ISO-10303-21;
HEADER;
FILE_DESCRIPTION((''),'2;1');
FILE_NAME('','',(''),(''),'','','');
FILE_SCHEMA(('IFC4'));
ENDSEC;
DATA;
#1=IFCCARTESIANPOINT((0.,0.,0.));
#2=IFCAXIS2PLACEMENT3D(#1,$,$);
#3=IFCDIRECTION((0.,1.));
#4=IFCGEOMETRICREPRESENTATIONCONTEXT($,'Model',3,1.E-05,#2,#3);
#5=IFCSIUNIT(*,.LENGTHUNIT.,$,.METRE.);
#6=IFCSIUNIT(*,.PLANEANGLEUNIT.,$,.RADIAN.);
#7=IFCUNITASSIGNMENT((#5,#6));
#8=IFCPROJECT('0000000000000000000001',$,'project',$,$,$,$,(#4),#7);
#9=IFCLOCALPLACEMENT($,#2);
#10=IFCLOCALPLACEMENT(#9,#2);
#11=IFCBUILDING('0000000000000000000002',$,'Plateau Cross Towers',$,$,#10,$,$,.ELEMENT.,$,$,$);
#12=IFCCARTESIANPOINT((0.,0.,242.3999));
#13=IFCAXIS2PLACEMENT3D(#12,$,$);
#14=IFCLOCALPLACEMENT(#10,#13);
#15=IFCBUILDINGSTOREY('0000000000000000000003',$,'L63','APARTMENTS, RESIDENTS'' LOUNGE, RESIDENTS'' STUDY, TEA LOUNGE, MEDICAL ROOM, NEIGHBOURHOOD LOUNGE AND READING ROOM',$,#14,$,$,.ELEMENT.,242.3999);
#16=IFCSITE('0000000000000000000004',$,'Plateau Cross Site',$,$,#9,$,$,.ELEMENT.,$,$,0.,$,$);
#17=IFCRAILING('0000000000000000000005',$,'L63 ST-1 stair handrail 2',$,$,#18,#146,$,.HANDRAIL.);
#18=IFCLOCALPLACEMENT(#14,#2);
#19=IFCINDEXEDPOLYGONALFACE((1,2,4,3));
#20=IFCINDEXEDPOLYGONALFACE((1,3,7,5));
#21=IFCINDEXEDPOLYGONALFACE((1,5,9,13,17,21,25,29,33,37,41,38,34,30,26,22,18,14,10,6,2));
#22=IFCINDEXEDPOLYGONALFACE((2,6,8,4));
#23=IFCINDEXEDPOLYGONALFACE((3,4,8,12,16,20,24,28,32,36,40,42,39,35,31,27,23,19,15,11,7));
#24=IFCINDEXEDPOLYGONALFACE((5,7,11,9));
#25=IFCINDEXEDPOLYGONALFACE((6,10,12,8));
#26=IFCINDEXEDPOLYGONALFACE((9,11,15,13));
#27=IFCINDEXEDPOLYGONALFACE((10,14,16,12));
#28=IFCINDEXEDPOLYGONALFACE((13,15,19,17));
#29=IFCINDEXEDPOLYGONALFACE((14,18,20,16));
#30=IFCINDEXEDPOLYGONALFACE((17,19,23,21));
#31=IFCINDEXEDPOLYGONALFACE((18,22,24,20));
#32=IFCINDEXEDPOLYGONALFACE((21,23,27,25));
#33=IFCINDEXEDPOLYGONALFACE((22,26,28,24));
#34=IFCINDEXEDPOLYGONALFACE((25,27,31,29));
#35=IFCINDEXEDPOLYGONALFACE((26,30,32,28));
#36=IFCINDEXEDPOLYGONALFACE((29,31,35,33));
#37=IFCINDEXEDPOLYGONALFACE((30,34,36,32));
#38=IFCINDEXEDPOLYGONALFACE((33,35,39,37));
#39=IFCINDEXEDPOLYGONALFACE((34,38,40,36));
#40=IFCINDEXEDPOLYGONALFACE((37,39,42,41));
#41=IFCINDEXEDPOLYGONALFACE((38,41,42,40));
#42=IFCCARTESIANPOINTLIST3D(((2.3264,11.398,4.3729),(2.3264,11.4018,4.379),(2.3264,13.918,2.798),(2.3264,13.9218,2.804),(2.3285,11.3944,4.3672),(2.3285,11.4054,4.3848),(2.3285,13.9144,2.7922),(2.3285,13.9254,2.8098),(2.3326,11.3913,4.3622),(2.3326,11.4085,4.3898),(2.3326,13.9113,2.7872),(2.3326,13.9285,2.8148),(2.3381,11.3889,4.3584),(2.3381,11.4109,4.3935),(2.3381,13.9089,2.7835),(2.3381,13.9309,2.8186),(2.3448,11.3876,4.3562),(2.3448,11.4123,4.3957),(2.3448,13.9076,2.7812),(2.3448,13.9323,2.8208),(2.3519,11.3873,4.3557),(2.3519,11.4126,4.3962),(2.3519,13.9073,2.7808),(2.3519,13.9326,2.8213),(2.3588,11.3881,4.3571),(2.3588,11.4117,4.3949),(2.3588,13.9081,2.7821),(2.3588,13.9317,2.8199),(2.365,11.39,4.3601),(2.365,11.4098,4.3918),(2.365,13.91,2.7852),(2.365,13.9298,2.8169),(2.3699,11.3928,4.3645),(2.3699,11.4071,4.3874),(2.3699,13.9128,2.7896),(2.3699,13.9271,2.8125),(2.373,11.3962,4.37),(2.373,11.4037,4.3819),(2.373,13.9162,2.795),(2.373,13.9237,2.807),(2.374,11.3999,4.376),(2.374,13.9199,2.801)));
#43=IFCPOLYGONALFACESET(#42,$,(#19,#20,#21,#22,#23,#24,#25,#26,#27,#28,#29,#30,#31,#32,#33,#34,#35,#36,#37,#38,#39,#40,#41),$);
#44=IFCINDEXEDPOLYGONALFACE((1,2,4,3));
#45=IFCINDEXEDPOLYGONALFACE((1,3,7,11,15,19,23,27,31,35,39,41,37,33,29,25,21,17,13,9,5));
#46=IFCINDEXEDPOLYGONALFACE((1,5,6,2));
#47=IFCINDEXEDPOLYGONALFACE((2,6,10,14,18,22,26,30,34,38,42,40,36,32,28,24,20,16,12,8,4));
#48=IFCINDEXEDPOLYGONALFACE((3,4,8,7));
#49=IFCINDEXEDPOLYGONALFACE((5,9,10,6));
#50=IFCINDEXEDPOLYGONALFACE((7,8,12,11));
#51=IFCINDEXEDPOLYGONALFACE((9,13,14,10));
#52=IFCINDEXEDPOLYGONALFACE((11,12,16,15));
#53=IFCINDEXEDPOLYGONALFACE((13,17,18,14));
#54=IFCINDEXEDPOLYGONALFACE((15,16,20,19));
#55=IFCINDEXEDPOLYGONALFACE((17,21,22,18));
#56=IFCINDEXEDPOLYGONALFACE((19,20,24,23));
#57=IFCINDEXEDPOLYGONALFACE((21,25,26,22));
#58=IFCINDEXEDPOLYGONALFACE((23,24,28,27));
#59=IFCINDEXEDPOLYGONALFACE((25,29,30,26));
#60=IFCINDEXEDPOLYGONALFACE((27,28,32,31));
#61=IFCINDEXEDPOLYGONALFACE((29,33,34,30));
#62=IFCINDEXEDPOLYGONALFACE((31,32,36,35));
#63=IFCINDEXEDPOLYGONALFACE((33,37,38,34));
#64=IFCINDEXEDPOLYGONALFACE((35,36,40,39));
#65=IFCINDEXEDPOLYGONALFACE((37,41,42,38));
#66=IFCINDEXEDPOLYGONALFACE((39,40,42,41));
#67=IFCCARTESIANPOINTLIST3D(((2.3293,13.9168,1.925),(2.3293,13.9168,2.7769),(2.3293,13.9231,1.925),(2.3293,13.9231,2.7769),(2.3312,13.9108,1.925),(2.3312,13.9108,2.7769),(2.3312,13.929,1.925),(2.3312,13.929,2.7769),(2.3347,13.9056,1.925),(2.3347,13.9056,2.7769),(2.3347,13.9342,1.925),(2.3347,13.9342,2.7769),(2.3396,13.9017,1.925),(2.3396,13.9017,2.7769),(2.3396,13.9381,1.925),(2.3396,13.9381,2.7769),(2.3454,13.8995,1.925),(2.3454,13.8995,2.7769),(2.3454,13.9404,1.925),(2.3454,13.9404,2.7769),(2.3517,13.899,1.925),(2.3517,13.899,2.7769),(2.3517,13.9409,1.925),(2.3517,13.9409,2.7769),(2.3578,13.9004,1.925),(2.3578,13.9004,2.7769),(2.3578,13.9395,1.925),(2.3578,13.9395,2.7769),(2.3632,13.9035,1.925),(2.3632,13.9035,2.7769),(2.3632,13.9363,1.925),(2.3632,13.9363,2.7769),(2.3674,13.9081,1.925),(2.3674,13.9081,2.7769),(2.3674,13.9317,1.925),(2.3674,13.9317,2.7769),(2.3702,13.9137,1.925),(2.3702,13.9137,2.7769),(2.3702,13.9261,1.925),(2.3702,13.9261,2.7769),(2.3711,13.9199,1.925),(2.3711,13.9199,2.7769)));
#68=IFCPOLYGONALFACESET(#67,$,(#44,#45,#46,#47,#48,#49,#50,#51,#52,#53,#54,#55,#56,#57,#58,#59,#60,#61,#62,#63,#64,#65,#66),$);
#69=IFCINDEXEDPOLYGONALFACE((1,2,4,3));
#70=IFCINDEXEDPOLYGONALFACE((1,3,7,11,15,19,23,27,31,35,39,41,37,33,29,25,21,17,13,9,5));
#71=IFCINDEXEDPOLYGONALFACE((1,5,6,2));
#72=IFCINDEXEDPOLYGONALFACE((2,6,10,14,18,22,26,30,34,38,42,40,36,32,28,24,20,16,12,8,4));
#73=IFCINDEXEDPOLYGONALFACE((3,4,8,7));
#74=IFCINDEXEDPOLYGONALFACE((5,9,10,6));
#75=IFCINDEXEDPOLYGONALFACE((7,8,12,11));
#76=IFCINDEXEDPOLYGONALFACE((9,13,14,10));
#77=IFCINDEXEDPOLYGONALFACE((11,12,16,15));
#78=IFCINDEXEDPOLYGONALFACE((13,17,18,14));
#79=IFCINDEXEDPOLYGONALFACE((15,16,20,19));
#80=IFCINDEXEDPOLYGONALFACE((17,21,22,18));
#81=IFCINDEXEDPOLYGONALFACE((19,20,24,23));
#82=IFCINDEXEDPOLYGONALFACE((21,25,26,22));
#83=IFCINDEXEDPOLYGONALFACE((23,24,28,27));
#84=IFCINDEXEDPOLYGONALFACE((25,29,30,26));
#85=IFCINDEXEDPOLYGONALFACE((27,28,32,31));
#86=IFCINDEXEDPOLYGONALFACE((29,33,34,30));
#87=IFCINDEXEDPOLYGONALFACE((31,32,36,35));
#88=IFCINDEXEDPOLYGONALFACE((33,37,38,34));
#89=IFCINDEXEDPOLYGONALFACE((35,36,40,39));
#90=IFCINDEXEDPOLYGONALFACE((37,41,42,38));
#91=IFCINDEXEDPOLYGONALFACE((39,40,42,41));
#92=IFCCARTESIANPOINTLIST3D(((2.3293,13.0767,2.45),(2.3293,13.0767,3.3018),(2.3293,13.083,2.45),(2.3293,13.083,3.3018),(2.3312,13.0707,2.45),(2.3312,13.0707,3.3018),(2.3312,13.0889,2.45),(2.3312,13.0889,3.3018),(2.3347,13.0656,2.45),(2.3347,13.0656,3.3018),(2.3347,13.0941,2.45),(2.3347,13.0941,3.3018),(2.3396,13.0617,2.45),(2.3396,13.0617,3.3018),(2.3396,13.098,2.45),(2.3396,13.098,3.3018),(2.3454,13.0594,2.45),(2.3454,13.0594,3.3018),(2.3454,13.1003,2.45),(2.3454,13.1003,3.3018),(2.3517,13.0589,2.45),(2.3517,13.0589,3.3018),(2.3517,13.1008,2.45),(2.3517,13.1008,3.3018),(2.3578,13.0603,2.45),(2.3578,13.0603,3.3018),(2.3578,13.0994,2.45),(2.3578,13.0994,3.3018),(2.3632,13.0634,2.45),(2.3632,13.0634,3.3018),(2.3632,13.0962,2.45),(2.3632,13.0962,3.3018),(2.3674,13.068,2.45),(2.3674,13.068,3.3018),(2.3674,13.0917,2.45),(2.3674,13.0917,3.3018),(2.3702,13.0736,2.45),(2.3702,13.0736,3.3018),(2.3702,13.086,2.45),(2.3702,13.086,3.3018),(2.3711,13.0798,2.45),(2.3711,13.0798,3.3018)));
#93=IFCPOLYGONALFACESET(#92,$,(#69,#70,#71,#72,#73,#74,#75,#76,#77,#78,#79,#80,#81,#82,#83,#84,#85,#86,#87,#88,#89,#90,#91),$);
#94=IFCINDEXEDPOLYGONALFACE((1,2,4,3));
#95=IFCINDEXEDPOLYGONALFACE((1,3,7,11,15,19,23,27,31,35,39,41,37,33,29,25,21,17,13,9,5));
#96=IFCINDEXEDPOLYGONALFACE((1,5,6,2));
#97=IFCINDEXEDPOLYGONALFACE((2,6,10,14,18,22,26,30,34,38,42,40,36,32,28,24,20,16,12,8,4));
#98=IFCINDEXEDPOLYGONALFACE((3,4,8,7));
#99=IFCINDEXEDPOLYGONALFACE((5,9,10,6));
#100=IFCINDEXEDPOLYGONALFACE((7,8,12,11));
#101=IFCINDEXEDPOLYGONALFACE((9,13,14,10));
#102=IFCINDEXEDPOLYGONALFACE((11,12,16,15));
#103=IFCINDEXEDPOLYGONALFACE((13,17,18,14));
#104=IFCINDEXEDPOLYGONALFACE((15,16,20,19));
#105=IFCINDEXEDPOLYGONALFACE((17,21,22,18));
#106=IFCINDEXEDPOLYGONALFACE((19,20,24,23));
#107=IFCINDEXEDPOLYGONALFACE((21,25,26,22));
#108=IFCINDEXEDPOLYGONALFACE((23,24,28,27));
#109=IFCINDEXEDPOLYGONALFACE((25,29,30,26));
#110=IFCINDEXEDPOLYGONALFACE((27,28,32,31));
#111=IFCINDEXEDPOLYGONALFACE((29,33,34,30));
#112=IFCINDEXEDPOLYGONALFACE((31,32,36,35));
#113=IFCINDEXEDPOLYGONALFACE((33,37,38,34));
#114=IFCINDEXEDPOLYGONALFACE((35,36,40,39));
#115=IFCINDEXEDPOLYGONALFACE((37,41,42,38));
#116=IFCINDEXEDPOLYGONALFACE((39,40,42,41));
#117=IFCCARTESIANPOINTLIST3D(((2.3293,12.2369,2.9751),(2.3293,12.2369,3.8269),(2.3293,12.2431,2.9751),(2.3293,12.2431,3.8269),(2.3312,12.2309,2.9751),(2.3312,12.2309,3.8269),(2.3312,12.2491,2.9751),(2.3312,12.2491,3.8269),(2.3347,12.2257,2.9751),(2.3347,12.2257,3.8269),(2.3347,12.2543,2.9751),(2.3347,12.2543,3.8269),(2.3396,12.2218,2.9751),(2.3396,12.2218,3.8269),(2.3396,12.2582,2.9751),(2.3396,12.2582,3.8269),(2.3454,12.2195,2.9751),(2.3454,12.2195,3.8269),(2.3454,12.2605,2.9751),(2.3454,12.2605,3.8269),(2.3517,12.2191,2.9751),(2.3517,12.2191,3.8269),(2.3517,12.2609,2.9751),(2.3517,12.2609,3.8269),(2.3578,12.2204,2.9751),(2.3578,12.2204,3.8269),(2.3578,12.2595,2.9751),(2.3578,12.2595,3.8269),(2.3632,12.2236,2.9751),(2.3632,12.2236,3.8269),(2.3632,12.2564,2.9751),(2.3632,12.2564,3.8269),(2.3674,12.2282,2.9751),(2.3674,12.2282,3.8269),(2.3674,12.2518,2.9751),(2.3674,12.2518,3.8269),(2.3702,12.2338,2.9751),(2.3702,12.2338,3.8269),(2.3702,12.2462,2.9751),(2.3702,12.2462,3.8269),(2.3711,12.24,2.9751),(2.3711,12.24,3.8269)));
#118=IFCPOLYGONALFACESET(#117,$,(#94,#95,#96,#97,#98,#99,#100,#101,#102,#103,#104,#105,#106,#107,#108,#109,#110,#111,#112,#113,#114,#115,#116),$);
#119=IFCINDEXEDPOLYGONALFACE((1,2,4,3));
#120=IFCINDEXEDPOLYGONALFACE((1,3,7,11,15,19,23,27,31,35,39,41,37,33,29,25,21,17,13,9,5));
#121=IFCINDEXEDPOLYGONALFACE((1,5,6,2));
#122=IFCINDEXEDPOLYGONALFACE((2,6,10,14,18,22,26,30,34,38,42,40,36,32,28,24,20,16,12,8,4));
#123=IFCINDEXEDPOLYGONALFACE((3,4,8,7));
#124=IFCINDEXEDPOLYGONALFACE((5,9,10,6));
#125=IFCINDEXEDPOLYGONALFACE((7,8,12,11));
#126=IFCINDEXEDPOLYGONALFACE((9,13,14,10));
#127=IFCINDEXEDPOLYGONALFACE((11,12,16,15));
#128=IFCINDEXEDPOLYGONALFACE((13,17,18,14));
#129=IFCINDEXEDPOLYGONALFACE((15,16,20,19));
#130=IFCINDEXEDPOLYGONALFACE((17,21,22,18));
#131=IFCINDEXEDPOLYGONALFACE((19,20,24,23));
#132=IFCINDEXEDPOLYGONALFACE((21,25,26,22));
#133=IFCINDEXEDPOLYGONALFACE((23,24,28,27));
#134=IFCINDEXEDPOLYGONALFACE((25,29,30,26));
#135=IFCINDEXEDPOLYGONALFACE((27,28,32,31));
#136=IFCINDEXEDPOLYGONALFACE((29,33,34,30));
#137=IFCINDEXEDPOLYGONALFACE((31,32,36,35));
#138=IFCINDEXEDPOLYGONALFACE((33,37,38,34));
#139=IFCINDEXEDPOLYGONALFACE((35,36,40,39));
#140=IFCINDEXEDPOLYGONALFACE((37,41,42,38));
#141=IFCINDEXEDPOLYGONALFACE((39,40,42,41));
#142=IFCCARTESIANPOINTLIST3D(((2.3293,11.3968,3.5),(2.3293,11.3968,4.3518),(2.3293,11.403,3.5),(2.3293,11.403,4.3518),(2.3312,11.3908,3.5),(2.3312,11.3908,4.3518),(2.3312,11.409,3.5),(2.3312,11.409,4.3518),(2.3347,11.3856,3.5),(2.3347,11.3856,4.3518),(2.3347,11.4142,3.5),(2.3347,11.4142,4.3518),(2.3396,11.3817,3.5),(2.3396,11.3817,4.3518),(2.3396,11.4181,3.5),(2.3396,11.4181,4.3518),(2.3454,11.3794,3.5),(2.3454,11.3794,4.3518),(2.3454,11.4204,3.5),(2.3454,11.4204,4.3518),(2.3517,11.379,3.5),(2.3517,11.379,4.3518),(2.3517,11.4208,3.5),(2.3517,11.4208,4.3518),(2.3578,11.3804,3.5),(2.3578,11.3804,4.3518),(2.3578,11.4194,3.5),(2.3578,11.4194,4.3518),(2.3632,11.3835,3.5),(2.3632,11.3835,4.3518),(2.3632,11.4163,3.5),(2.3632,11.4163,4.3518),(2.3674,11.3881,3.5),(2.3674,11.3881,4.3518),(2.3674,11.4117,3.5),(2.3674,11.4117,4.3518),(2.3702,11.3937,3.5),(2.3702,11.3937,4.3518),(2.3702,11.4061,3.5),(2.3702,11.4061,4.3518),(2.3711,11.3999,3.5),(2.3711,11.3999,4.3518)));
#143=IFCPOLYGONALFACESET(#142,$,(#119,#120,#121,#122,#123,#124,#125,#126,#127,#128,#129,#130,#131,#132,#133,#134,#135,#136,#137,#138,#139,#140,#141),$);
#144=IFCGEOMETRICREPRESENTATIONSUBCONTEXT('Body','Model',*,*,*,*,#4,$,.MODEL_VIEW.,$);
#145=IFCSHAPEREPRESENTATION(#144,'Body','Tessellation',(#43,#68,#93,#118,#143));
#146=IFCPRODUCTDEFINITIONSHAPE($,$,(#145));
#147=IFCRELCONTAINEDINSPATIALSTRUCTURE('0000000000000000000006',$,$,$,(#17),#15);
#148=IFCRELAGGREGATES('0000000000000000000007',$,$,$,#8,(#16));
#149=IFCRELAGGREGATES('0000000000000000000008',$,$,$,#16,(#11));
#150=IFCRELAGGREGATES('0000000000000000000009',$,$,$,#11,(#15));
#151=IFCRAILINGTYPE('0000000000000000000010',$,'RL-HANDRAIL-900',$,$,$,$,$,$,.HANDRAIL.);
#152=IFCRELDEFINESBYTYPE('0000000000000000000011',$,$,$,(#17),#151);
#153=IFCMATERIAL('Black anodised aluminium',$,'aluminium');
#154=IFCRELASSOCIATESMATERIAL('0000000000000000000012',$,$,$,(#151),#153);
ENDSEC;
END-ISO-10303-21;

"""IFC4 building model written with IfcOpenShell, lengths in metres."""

from ifc_helpers import new_model, si_unit, direction, frame, origin, origin_2d, place, context, subcontext, project, spatial, circle, extrude, material, type_object, element, save


model = new_model("IFC4")

# Units and contexts
model_context = context("Model", 3, precision=1e-05, world=origin(), true_north=direction((0.0, 1.0)))
body_context = subcontext(model_context, "Body", "Model", "MODEL_VIEW")
ifc_project = project(units=[si_unit("LENGTHUNIT", "METRE"), si_unit("PLANEANGLEUNIT", "RADIAN")], contexts=[model_context])

# Site, building, storey
site_placement = place(None, origin())
site = spatial("IfcSite", under=ifc_project, at=site_placement, Name="Plateau Cross Site", CompositionType="ELEMENT", RefElevation=0.0)
building_placement = place(site_placement, origin())
building = spatial("IfcBuilding", under=site, at=building_placement, Name="Plateau Cross Towers", CompositionType="ELEMENT")
storey_placement = place(building_placement, frame((0.0, 0.0, 242.3999)))
storey = spatial("IfcBuildingStorey", under=building, at=storey_placement, Name="L63", Description="APARTMENTS, RESIDENTS' LOUNGE, RESIDENTS' STUDY, TEA LOUNGE, MEDICAL ROOM, NEIGHBOURHOOD LOUNGE AND READING ROOM", CompositionType="ELEMENT", Elevation=242.3999)

# Shared definitions
ifc_material_1 = material(Name="Black anodised aluminium", Category="aluminium")

# Railing
railing_type_1 = type_object("IfcRailingType", Name="RL-HANDRAIL-900", PredefinedType="HANDRAIL", material=ifc_material_1)
railing_1_placement = place(storey_placement, frame((2.3501, 13.9199, 1.925)))
element("IfcRailing", 1, at=railing_1_placement, inside=storey, type_object=railing_type_1, Name="L63 ST-1 stair handrail 2", PredefinedType="HANDRAIL", context=body_context, shape_type="SweptSolid", body=[
    extrude(circle(Radius=0.0239, at=origin_2d()), frame((0.0, 0.0, 0.876), z_axis=(0.0, -0.848008, 0.529984), x_axis=(1.0, 0.0, 0.0)), (0.0, 0.0, 1.0), 2.9717),
    extrude(circle(Radius=0.021, at=origin_2d()), origin(), (0.0, 0.0, 1.0), 0.8518),
    extrude(circle(Radius=0.021, at=origin_2d()), frame((0.0, -0.8401, 0.5249)), (0.0, 0.0, 1.0), 0.8518),
    extrude(circle(Radius=0.021, at=origin_2d()), frame((0.0, -1.6799, 1.05)), (0.0, 0.0, 1.0), 0.8518),
    extrude(circle(Radius=0.021, at=origin_2d()), frame((0.0, -2.52, 1.575)), (0.0, 0.0, 1.0), 0.8518),
])

save(model, "model.ifc")
